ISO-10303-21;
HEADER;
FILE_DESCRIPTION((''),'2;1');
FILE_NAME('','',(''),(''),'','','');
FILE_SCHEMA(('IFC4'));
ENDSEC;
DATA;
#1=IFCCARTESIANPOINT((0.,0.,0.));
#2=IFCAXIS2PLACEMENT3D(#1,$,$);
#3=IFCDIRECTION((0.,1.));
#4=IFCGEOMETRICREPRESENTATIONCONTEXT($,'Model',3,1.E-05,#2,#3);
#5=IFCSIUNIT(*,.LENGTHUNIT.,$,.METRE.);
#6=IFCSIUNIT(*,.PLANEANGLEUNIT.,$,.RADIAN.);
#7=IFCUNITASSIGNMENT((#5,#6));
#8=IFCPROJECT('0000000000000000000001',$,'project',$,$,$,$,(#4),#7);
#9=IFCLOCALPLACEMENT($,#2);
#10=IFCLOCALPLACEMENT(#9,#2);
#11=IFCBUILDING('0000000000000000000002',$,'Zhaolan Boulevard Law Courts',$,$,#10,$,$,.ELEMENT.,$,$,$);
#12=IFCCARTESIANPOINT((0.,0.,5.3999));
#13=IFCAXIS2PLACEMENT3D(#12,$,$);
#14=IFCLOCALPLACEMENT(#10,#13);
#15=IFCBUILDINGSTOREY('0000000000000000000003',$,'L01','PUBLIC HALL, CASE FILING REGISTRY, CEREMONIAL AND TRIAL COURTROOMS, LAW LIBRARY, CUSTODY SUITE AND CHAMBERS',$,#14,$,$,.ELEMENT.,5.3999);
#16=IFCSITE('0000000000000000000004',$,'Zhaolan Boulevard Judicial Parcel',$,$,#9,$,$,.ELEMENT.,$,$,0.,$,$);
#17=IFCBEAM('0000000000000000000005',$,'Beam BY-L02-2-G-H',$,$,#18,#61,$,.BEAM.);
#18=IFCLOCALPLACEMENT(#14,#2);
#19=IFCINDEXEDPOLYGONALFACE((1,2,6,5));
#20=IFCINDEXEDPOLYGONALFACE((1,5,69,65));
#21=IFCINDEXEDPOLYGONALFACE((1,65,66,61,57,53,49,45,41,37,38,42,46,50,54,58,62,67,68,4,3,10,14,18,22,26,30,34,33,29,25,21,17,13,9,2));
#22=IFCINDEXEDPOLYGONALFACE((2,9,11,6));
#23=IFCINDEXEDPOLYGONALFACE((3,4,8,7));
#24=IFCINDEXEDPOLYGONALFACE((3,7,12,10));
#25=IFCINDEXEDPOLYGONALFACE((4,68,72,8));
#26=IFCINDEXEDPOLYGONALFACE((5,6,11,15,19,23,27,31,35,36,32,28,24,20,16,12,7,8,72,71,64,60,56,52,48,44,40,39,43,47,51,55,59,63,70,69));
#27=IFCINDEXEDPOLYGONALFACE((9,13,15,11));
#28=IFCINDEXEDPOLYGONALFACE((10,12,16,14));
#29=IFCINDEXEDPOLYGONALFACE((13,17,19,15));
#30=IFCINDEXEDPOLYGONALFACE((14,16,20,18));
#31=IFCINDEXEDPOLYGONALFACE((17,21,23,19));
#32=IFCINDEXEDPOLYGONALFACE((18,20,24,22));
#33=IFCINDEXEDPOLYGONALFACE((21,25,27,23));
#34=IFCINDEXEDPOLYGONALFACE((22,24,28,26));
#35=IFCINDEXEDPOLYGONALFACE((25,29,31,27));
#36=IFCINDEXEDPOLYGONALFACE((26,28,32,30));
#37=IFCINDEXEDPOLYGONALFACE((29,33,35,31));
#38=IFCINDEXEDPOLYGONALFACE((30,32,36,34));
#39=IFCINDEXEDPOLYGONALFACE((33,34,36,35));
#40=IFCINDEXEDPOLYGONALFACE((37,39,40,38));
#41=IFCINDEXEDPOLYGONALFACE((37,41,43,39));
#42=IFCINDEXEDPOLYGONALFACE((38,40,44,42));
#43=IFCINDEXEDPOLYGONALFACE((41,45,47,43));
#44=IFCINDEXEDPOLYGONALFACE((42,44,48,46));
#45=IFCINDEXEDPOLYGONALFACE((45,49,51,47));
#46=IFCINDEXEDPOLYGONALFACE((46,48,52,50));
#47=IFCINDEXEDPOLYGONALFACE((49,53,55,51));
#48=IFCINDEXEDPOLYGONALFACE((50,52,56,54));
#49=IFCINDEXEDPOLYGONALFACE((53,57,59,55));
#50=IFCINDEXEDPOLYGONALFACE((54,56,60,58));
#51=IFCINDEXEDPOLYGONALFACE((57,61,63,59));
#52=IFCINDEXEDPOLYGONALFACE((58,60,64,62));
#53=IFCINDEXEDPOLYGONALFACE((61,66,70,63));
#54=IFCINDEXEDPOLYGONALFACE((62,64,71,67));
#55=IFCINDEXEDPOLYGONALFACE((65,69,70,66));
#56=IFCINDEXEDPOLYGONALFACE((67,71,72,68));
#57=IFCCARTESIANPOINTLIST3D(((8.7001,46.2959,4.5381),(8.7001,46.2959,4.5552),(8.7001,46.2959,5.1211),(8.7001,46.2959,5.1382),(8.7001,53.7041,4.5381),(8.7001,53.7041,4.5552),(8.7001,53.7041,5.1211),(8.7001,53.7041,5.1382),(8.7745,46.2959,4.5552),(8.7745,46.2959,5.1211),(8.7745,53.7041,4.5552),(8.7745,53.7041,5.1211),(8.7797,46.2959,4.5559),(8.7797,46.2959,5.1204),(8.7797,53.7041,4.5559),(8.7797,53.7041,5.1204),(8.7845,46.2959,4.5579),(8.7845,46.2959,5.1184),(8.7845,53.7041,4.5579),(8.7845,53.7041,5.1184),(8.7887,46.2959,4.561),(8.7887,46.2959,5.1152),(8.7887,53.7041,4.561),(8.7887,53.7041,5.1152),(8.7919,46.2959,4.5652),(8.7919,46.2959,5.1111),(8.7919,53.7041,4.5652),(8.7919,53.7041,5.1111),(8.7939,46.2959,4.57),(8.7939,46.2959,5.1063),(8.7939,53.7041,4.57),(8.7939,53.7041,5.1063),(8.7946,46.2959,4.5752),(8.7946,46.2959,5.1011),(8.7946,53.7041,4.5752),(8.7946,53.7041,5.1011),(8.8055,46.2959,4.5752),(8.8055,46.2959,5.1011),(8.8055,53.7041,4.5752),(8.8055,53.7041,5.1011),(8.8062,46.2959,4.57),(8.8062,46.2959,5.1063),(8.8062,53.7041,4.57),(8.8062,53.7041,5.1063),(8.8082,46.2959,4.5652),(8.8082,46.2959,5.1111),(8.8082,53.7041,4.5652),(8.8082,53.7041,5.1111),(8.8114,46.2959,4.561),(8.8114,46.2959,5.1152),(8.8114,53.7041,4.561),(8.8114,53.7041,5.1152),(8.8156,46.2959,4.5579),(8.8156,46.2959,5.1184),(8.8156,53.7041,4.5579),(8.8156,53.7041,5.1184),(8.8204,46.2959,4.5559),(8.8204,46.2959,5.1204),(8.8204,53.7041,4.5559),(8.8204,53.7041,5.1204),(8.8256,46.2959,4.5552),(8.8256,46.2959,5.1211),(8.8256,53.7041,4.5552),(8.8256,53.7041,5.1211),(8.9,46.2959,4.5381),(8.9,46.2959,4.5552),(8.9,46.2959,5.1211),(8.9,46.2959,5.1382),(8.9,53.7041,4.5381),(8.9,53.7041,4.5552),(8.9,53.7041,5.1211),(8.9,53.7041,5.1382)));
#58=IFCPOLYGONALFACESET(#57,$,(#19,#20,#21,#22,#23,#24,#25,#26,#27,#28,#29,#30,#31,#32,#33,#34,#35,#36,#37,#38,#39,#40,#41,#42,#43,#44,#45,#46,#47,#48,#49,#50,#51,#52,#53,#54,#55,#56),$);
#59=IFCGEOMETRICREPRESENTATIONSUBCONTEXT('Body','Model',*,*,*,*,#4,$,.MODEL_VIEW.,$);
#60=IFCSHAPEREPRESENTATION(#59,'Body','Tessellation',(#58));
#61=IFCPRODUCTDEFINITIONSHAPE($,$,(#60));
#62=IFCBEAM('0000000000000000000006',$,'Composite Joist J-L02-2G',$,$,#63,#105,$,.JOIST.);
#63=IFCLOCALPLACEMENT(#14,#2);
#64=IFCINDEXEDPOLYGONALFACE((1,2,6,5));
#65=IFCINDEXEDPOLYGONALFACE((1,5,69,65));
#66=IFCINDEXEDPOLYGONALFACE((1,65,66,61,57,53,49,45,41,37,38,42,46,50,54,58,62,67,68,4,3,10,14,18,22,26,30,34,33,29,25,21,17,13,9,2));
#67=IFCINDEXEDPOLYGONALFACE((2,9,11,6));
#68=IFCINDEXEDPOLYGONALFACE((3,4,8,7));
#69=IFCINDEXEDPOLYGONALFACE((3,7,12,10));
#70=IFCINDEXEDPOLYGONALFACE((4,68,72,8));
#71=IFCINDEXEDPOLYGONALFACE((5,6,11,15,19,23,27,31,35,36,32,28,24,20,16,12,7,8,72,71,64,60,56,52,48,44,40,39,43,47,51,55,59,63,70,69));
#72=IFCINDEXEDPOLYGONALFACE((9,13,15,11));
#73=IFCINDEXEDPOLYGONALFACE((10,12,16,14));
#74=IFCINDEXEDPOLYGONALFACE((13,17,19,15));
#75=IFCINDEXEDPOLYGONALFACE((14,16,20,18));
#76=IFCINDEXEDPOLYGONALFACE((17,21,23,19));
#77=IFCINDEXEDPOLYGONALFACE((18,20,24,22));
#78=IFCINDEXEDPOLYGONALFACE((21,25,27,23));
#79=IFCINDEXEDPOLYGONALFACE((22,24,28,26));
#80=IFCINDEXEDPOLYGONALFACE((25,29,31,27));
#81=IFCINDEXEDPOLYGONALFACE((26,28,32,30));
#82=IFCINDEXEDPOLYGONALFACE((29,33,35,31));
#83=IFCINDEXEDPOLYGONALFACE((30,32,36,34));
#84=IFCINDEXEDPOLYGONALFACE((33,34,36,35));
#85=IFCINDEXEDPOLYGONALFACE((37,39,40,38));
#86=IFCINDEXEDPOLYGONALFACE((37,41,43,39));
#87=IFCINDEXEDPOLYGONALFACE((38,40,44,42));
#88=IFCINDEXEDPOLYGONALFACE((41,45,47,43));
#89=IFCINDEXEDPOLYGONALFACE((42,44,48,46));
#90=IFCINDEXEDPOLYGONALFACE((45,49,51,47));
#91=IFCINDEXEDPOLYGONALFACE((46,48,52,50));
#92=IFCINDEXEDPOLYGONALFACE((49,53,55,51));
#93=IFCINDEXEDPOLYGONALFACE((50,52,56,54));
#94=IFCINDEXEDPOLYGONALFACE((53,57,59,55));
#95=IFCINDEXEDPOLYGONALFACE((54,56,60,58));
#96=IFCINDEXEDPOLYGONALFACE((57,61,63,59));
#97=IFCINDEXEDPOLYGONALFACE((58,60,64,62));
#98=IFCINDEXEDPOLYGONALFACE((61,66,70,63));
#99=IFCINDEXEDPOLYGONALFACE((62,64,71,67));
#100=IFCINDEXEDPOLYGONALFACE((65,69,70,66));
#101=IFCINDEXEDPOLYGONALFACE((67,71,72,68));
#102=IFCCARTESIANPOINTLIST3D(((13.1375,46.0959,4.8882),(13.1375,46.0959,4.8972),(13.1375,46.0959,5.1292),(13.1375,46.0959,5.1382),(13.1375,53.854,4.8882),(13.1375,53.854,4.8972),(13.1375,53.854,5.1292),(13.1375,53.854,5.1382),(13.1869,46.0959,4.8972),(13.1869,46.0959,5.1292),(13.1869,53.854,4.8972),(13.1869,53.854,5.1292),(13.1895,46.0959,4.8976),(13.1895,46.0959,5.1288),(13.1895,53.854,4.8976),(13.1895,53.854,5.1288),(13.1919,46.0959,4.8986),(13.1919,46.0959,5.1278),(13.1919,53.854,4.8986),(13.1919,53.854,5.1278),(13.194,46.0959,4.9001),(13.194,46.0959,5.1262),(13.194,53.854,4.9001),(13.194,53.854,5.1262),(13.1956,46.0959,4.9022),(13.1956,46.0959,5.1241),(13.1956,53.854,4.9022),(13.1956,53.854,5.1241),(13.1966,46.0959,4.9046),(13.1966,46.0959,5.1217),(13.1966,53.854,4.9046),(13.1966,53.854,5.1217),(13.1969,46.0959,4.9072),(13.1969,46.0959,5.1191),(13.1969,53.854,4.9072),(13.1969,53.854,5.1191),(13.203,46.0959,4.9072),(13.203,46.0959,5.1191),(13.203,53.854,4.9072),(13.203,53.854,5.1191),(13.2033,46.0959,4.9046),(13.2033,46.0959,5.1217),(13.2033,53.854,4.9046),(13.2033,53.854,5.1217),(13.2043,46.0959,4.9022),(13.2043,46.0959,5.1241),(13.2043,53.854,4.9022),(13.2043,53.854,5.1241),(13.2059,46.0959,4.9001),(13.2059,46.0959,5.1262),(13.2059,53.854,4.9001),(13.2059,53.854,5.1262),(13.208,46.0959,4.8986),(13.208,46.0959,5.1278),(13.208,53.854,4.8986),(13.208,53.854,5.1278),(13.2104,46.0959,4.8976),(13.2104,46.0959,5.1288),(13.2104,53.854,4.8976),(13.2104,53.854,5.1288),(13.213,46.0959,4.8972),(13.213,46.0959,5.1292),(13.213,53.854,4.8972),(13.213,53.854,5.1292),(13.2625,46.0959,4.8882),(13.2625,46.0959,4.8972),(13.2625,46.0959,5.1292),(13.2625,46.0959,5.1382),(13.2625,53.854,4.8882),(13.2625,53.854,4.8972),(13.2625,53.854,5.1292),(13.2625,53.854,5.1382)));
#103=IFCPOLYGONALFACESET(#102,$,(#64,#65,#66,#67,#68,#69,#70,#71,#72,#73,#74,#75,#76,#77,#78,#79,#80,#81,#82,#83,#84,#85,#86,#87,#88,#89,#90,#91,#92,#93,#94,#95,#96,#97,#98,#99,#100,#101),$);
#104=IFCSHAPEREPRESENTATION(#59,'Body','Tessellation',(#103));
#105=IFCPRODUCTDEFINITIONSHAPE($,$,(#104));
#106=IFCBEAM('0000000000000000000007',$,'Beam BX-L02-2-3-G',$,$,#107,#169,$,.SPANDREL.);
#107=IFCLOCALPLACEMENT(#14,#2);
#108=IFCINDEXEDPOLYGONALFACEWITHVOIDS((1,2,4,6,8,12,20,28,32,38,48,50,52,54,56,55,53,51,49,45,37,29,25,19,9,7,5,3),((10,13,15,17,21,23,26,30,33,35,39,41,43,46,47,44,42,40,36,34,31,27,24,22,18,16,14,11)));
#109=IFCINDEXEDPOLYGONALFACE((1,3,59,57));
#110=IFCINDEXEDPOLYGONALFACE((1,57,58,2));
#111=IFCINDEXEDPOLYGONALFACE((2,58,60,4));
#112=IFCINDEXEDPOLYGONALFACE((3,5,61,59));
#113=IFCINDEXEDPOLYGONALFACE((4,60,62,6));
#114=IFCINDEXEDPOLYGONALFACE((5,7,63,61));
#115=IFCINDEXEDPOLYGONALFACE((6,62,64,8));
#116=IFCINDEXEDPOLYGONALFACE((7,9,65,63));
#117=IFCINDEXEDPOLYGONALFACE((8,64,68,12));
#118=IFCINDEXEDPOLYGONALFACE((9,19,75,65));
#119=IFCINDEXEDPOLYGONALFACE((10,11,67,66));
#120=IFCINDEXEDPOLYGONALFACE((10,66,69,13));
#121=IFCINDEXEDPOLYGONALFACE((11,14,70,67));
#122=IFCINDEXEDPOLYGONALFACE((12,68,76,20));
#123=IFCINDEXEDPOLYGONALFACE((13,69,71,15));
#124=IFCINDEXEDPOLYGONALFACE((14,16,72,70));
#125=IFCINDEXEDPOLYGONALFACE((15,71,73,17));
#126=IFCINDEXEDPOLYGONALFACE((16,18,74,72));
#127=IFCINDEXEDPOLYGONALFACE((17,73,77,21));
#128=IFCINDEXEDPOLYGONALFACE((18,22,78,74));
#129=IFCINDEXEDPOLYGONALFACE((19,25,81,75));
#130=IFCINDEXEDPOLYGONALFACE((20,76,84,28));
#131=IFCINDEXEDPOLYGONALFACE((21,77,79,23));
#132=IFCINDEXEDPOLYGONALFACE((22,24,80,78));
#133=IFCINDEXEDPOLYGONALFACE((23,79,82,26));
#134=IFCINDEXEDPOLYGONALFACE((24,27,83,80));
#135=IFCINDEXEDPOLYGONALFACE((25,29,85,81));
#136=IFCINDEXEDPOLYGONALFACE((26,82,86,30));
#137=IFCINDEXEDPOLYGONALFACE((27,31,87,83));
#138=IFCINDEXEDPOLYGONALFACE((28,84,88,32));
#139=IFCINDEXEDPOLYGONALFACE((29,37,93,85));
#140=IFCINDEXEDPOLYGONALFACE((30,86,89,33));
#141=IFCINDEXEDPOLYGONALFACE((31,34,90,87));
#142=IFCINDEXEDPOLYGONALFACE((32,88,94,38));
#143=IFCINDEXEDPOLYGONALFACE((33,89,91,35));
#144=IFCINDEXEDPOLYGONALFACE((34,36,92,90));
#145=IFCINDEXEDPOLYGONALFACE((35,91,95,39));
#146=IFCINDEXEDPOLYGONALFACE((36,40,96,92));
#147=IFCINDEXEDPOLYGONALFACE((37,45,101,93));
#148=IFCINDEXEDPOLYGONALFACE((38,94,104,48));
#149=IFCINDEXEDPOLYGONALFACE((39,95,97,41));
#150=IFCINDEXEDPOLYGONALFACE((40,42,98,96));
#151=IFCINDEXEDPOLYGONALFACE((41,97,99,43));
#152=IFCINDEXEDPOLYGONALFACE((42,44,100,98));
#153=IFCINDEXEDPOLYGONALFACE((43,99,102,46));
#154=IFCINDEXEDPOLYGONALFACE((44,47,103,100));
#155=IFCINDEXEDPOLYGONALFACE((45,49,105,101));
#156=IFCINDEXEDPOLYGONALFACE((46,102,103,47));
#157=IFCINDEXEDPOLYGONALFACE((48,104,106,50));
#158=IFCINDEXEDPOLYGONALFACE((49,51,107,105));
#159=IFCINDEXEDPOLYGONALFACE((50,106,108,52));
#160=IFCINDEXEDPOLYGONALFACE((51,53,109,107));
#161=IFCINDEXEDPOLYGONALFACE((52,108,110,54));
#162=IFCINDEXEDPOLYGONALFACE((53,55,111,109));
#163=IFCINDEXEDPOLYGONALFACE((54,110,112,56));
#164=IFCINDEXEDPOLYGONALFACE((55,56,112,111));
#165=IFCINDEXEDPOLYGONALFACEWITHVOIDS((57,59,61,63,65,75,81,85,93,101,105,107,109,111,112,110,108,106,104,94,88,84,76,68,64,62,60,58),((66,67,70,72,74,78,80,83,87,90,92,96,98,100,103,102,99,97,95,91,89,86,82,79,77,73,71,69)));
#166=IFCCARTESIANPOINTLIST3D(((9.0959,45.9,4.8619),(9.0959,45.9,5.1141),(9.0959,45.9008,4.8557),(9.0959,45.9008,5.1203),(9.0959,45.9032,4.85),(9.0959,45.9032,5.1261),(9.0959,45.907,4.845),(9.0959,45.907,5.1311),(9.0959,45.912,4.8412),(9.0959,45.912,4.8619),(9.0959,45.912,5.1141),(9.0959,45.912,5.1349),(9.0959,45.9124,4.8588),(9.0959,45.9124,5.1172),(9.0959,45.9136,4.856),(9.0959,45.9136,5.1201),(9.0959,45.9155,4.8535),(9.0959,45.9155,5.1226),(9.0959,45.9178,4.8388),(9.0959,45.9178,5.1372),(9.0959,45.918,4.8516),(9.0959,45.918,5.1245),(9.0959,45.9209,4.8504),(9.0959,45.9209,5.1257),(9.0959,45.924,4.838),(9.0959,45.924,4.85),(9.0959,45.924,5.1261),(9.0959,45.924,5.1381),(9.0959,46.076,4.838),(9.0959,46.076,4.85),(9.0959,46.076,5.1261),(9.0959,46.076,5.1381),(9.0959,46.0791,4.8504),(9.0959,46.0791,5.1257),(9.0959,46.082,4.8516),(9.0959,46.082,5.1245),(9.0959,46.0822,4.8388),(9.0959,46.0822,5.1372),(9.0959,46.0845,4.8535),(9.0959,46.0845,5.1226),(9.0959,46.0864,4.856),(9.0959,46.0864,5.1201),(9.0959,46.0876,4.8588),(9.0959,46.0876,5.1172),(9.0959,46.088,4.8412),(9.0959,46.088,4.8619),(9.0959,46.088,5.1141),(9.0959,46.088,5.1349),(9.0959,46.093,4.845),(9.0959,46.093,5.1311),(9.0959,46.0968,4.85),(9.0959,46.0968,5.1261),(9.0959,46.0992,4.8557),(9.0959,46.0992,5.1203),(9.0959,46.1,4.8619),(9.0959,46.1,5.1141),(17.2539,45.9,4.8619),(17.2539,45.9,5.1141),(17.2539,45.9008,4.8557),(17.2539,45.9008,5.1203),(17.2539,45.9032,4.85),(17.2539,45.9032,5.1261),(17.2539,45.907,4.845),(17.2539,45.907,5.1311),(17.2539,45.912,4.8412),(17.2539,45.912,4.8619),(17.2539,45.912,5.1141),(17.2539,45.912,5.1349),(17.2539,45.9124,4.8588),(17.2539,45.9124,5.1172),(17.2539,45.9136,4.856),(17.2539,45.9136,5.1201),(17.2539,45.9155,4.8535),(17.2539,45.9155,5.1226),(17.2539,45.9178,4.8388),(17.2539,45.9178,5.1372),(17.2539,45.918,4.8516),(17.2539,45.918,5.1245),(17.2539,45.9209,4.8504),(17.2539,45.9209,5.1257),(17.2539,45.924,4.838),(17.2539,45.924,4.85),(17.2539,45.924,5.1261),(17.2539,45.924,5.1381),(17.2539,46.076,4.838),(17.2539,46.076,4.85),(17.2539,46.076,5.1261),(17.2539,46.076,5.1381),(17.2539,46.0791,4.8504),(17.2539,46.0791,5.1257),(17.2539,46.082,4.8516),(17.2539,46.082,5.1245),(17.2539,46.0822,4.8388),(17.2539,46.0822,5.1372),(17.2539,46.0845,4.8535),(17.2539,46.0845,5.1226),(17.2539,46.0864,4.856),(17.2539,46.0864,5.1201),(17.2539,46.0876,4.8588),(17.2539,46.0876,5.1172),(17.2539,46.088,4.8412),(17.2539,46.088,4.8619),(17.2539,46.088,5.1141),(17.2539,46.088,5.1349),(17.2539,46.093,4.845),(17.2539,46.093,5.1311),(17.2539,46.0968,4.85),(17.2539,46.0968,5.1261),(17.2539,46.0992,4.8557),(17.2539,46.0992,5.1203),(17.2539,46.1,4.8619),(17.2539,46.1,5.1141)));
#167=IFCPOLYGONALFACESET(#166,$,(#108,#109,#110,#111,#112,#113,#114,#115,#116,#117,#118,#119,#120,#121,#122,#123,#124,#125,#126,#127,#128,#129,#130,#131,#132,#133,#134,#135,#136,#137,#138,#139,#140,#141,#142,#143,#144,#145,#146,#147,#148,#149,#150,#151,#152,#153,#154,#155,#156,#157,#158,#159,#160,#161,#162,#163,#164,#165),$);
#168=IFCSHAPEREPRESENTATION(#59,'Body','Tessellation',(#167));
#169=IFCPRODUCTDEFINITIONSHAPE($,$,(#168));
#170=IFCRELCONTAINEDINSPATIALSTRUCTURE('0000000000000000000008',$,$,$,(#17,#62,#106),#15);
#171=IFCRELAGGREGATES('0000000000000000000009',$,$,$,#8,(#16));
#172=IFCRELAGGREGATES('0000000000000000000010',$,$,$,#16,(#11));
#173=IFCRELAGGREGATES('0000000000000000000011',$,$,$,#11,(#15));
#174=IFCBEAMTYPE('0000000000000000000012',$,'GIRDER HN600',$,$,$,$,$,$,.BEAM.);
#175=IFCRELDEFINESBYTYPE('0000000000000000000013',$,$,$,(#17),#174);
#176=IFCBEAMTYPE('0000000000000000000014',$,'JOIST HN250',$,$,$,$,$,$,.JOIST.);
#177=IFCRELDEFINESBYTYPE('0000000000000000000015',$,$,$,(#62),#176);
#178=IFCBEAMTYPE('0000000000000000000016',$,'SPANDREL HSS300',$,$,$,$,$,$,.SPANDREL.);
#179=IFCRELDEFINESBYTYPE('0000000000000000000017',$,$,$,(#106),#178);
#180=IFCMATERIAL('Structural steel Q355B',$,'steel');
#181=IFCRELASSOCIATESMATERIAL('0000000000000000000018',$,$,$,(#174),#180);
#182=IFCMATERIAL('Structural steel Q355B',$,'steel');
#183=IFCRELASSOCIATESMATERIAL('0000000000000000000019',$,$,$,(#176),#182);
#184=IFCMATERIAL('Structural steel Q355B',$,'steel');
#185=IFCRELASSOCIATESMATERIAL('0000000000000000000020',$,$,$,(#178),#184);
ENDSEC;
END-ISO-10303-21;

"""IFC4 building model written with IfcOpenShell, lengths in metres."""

from ifc_helpers import new_model, si_unit, direction, frame, origin, origin_2d, place, context, subcontext, project, spatial, hollow_rectangle, i_section, extrude, material, material_profile, profile_set, type_object, element, save


model = new_model("IFC4")

# Units and contexts
model_context = context("Model", 3, precision=1e-05, world=origin(), true_north=direction((0.0, 1.0)))
body_context = subcontext(model_context, "Body", "Model", "MODEL_VIEW")
ifc_project = project(units=[si_unit("LENGTHUNIT", "METRE"), si_unit("PLANEANGLEUNIT", "RADIAN")], contexts=[model_context])

# Site, building, storey
site_placement = place(None, origin())
site = spatial("IfcSite", under=ifc_project, at=site_placement, Name="Zhaolan Boulevard Judicial Parcel", CompositionType="ELEMENT", RefElevation=0.0)
building_placement = place(site_placement, origin())
building = spatial("IfcBuilding", under=site, at=building_placement, Name="Zhaolan Boulevard Law Courts", CompositionType="ELEMENT")
storey_placement = place(building_placement, frame((0.0, 0.0, 5.3999)))
storey = spatial("IfcBuildingStorey", under=building, at=storey_placement, Name="L01", Description="PUBLIC HALL, CASE FILING REGISTRY, CEREMONIAL AND TRIAL COURTROOMS, LAW LIBRARY, CUSTODY SUITE AND CHAMBERS", CompositionType="ELEMENT", Elevation=5.3999)

# Beams
ifc_material_1 = material(Name="Structural steel Q355B", Category="steel")
ifc_material_profile_1 = material_profile(ifc_material_1, i_section(OverallWidth=0.2, OverallDepth=0.6001, WebThickness=0.011, FlangeThickness=0.0171, FilletRadius=0.02, at=origin_2d()), Name="HN600x200")
ifc_profile_set_1 = profile_set([ifc_material_profile_1], Name="Structural steel Q355B")
beam_type_1 = type_object("IfcBeamType", Name="GIRDER HN600", PredefinedType="BEAM", material=ifc_profile_set_1)
for number, where, z_axis, x_axis, name in (
    (1, (8.8, 46.2959, 4.8381), (0.0, 1.0, 0.0), (-1.0, 0.0, 0.0), "Beam BY-L02-2-G-H"),
):
    element("IfcBeam", number, at=place(storey_placement, frame(where, z_axis=z_axis, x_axis=x_axis)), inside=storey, type_object=beam_type_1, Name=name, PredefinedType="BEAM", context=body_context, shape_type="SweptSolid", body=[
        extrude(i_section(OverallWidth=0.2, OverallDepth=0.6001, WebThickness=0.011, FlangeThickness=0.0171, FilletRadius=0.02, at=origin_2d()), origin(), (0.0, 0.0, 1.0), 7.4082),
    ])
ifc_material_2 = material(Name="Structural steel Q355B", Category="steel")
ifc_material_profile_2 = material_profile(ifc_material_2, i_section(OverallWidth=0.125, OverallDepth=0.25, WebThickness=0.0061, FlangeThickness=0.009, FilletRadius=0.01, at=origin_2d()), Name="HN250x125")
ifc_profile_set_2 = profile_set([ifc_material_profile_2], Name="Structural steel Q355B")
beam_type_2 = type_object("IfcBeamType", Name="JOIST HN250", PredefinedType="JOIST", material=ifc_profile_set_2)
beam_1_placement = place(storey_placement, frame((13.2, 46.0959, 5.0132), z_axis=(0.0, 1.0, 0.0), x_axis=(-1.0, 0.0, 0.0)))
element("IfcBeam", 2, at=beam_1_placement, inside=storey, type_object=beam_type_2, Name="Composite Joist J-L02-2G", PredefinedType="JOIST", context=body_context, shape_type="SweptSolid", body=[
    extrude(i_section(OverallWidth=0.125, OverallDepth=0.25, WebThickness=0.0061, FlangeThickness=0.009, FilletRadius=0.01, at=origin_2d()), origin(), (0.0, 0.0, 1.0), 7.7581),
])
ifc_material_3 = material(Name="Structural steel Q355B", Category="steel")
ifc_material_profile_3 = material_profile(ifc_material_3, hollow_rectangle(XDim=0.2, YDim=0.3, WallThickness=0.012, InnerFilletRadius=0.012, OuterFilletRadius=0.0239, at=origin_2d()), Name="HSS300x200x12")
ifc_profile_set_3 = profile_set([ifc_material_profile_3], Name="Structural steel Q355B")
beam_type_3 = type_object("IfcBeamType", Name="SPANDREL HSS300", PredefinedType="SPANDREL", material=ifc_profile_set_3)
beam_2_placement = place(storey_placement, frame((9.0959, 46.0, 4.988), z_axis=(1.0, 0.0, 0.0), x_axis=(0.0, 1.0, 0.0)))
element("IfcBeam", 3, at=beam_2_placement, inside=storey, type_object=beam_type_3, Name="Beam BX-L02-2-3-G", PredefinedType="SPANDREL", context=body_context, shape_type="SweptSolid", body=[
    extrude(hollow_rectangle(XDim=0.2, YDim=0.3, WallThickness=0.012, InnerFilletRadius=0.012, OuterFilletRadius=0.0239, at=origin_2d()), origin(), (0.0, 0.0, 1.0), 8.158),
])

save(model, "model.ifc")
